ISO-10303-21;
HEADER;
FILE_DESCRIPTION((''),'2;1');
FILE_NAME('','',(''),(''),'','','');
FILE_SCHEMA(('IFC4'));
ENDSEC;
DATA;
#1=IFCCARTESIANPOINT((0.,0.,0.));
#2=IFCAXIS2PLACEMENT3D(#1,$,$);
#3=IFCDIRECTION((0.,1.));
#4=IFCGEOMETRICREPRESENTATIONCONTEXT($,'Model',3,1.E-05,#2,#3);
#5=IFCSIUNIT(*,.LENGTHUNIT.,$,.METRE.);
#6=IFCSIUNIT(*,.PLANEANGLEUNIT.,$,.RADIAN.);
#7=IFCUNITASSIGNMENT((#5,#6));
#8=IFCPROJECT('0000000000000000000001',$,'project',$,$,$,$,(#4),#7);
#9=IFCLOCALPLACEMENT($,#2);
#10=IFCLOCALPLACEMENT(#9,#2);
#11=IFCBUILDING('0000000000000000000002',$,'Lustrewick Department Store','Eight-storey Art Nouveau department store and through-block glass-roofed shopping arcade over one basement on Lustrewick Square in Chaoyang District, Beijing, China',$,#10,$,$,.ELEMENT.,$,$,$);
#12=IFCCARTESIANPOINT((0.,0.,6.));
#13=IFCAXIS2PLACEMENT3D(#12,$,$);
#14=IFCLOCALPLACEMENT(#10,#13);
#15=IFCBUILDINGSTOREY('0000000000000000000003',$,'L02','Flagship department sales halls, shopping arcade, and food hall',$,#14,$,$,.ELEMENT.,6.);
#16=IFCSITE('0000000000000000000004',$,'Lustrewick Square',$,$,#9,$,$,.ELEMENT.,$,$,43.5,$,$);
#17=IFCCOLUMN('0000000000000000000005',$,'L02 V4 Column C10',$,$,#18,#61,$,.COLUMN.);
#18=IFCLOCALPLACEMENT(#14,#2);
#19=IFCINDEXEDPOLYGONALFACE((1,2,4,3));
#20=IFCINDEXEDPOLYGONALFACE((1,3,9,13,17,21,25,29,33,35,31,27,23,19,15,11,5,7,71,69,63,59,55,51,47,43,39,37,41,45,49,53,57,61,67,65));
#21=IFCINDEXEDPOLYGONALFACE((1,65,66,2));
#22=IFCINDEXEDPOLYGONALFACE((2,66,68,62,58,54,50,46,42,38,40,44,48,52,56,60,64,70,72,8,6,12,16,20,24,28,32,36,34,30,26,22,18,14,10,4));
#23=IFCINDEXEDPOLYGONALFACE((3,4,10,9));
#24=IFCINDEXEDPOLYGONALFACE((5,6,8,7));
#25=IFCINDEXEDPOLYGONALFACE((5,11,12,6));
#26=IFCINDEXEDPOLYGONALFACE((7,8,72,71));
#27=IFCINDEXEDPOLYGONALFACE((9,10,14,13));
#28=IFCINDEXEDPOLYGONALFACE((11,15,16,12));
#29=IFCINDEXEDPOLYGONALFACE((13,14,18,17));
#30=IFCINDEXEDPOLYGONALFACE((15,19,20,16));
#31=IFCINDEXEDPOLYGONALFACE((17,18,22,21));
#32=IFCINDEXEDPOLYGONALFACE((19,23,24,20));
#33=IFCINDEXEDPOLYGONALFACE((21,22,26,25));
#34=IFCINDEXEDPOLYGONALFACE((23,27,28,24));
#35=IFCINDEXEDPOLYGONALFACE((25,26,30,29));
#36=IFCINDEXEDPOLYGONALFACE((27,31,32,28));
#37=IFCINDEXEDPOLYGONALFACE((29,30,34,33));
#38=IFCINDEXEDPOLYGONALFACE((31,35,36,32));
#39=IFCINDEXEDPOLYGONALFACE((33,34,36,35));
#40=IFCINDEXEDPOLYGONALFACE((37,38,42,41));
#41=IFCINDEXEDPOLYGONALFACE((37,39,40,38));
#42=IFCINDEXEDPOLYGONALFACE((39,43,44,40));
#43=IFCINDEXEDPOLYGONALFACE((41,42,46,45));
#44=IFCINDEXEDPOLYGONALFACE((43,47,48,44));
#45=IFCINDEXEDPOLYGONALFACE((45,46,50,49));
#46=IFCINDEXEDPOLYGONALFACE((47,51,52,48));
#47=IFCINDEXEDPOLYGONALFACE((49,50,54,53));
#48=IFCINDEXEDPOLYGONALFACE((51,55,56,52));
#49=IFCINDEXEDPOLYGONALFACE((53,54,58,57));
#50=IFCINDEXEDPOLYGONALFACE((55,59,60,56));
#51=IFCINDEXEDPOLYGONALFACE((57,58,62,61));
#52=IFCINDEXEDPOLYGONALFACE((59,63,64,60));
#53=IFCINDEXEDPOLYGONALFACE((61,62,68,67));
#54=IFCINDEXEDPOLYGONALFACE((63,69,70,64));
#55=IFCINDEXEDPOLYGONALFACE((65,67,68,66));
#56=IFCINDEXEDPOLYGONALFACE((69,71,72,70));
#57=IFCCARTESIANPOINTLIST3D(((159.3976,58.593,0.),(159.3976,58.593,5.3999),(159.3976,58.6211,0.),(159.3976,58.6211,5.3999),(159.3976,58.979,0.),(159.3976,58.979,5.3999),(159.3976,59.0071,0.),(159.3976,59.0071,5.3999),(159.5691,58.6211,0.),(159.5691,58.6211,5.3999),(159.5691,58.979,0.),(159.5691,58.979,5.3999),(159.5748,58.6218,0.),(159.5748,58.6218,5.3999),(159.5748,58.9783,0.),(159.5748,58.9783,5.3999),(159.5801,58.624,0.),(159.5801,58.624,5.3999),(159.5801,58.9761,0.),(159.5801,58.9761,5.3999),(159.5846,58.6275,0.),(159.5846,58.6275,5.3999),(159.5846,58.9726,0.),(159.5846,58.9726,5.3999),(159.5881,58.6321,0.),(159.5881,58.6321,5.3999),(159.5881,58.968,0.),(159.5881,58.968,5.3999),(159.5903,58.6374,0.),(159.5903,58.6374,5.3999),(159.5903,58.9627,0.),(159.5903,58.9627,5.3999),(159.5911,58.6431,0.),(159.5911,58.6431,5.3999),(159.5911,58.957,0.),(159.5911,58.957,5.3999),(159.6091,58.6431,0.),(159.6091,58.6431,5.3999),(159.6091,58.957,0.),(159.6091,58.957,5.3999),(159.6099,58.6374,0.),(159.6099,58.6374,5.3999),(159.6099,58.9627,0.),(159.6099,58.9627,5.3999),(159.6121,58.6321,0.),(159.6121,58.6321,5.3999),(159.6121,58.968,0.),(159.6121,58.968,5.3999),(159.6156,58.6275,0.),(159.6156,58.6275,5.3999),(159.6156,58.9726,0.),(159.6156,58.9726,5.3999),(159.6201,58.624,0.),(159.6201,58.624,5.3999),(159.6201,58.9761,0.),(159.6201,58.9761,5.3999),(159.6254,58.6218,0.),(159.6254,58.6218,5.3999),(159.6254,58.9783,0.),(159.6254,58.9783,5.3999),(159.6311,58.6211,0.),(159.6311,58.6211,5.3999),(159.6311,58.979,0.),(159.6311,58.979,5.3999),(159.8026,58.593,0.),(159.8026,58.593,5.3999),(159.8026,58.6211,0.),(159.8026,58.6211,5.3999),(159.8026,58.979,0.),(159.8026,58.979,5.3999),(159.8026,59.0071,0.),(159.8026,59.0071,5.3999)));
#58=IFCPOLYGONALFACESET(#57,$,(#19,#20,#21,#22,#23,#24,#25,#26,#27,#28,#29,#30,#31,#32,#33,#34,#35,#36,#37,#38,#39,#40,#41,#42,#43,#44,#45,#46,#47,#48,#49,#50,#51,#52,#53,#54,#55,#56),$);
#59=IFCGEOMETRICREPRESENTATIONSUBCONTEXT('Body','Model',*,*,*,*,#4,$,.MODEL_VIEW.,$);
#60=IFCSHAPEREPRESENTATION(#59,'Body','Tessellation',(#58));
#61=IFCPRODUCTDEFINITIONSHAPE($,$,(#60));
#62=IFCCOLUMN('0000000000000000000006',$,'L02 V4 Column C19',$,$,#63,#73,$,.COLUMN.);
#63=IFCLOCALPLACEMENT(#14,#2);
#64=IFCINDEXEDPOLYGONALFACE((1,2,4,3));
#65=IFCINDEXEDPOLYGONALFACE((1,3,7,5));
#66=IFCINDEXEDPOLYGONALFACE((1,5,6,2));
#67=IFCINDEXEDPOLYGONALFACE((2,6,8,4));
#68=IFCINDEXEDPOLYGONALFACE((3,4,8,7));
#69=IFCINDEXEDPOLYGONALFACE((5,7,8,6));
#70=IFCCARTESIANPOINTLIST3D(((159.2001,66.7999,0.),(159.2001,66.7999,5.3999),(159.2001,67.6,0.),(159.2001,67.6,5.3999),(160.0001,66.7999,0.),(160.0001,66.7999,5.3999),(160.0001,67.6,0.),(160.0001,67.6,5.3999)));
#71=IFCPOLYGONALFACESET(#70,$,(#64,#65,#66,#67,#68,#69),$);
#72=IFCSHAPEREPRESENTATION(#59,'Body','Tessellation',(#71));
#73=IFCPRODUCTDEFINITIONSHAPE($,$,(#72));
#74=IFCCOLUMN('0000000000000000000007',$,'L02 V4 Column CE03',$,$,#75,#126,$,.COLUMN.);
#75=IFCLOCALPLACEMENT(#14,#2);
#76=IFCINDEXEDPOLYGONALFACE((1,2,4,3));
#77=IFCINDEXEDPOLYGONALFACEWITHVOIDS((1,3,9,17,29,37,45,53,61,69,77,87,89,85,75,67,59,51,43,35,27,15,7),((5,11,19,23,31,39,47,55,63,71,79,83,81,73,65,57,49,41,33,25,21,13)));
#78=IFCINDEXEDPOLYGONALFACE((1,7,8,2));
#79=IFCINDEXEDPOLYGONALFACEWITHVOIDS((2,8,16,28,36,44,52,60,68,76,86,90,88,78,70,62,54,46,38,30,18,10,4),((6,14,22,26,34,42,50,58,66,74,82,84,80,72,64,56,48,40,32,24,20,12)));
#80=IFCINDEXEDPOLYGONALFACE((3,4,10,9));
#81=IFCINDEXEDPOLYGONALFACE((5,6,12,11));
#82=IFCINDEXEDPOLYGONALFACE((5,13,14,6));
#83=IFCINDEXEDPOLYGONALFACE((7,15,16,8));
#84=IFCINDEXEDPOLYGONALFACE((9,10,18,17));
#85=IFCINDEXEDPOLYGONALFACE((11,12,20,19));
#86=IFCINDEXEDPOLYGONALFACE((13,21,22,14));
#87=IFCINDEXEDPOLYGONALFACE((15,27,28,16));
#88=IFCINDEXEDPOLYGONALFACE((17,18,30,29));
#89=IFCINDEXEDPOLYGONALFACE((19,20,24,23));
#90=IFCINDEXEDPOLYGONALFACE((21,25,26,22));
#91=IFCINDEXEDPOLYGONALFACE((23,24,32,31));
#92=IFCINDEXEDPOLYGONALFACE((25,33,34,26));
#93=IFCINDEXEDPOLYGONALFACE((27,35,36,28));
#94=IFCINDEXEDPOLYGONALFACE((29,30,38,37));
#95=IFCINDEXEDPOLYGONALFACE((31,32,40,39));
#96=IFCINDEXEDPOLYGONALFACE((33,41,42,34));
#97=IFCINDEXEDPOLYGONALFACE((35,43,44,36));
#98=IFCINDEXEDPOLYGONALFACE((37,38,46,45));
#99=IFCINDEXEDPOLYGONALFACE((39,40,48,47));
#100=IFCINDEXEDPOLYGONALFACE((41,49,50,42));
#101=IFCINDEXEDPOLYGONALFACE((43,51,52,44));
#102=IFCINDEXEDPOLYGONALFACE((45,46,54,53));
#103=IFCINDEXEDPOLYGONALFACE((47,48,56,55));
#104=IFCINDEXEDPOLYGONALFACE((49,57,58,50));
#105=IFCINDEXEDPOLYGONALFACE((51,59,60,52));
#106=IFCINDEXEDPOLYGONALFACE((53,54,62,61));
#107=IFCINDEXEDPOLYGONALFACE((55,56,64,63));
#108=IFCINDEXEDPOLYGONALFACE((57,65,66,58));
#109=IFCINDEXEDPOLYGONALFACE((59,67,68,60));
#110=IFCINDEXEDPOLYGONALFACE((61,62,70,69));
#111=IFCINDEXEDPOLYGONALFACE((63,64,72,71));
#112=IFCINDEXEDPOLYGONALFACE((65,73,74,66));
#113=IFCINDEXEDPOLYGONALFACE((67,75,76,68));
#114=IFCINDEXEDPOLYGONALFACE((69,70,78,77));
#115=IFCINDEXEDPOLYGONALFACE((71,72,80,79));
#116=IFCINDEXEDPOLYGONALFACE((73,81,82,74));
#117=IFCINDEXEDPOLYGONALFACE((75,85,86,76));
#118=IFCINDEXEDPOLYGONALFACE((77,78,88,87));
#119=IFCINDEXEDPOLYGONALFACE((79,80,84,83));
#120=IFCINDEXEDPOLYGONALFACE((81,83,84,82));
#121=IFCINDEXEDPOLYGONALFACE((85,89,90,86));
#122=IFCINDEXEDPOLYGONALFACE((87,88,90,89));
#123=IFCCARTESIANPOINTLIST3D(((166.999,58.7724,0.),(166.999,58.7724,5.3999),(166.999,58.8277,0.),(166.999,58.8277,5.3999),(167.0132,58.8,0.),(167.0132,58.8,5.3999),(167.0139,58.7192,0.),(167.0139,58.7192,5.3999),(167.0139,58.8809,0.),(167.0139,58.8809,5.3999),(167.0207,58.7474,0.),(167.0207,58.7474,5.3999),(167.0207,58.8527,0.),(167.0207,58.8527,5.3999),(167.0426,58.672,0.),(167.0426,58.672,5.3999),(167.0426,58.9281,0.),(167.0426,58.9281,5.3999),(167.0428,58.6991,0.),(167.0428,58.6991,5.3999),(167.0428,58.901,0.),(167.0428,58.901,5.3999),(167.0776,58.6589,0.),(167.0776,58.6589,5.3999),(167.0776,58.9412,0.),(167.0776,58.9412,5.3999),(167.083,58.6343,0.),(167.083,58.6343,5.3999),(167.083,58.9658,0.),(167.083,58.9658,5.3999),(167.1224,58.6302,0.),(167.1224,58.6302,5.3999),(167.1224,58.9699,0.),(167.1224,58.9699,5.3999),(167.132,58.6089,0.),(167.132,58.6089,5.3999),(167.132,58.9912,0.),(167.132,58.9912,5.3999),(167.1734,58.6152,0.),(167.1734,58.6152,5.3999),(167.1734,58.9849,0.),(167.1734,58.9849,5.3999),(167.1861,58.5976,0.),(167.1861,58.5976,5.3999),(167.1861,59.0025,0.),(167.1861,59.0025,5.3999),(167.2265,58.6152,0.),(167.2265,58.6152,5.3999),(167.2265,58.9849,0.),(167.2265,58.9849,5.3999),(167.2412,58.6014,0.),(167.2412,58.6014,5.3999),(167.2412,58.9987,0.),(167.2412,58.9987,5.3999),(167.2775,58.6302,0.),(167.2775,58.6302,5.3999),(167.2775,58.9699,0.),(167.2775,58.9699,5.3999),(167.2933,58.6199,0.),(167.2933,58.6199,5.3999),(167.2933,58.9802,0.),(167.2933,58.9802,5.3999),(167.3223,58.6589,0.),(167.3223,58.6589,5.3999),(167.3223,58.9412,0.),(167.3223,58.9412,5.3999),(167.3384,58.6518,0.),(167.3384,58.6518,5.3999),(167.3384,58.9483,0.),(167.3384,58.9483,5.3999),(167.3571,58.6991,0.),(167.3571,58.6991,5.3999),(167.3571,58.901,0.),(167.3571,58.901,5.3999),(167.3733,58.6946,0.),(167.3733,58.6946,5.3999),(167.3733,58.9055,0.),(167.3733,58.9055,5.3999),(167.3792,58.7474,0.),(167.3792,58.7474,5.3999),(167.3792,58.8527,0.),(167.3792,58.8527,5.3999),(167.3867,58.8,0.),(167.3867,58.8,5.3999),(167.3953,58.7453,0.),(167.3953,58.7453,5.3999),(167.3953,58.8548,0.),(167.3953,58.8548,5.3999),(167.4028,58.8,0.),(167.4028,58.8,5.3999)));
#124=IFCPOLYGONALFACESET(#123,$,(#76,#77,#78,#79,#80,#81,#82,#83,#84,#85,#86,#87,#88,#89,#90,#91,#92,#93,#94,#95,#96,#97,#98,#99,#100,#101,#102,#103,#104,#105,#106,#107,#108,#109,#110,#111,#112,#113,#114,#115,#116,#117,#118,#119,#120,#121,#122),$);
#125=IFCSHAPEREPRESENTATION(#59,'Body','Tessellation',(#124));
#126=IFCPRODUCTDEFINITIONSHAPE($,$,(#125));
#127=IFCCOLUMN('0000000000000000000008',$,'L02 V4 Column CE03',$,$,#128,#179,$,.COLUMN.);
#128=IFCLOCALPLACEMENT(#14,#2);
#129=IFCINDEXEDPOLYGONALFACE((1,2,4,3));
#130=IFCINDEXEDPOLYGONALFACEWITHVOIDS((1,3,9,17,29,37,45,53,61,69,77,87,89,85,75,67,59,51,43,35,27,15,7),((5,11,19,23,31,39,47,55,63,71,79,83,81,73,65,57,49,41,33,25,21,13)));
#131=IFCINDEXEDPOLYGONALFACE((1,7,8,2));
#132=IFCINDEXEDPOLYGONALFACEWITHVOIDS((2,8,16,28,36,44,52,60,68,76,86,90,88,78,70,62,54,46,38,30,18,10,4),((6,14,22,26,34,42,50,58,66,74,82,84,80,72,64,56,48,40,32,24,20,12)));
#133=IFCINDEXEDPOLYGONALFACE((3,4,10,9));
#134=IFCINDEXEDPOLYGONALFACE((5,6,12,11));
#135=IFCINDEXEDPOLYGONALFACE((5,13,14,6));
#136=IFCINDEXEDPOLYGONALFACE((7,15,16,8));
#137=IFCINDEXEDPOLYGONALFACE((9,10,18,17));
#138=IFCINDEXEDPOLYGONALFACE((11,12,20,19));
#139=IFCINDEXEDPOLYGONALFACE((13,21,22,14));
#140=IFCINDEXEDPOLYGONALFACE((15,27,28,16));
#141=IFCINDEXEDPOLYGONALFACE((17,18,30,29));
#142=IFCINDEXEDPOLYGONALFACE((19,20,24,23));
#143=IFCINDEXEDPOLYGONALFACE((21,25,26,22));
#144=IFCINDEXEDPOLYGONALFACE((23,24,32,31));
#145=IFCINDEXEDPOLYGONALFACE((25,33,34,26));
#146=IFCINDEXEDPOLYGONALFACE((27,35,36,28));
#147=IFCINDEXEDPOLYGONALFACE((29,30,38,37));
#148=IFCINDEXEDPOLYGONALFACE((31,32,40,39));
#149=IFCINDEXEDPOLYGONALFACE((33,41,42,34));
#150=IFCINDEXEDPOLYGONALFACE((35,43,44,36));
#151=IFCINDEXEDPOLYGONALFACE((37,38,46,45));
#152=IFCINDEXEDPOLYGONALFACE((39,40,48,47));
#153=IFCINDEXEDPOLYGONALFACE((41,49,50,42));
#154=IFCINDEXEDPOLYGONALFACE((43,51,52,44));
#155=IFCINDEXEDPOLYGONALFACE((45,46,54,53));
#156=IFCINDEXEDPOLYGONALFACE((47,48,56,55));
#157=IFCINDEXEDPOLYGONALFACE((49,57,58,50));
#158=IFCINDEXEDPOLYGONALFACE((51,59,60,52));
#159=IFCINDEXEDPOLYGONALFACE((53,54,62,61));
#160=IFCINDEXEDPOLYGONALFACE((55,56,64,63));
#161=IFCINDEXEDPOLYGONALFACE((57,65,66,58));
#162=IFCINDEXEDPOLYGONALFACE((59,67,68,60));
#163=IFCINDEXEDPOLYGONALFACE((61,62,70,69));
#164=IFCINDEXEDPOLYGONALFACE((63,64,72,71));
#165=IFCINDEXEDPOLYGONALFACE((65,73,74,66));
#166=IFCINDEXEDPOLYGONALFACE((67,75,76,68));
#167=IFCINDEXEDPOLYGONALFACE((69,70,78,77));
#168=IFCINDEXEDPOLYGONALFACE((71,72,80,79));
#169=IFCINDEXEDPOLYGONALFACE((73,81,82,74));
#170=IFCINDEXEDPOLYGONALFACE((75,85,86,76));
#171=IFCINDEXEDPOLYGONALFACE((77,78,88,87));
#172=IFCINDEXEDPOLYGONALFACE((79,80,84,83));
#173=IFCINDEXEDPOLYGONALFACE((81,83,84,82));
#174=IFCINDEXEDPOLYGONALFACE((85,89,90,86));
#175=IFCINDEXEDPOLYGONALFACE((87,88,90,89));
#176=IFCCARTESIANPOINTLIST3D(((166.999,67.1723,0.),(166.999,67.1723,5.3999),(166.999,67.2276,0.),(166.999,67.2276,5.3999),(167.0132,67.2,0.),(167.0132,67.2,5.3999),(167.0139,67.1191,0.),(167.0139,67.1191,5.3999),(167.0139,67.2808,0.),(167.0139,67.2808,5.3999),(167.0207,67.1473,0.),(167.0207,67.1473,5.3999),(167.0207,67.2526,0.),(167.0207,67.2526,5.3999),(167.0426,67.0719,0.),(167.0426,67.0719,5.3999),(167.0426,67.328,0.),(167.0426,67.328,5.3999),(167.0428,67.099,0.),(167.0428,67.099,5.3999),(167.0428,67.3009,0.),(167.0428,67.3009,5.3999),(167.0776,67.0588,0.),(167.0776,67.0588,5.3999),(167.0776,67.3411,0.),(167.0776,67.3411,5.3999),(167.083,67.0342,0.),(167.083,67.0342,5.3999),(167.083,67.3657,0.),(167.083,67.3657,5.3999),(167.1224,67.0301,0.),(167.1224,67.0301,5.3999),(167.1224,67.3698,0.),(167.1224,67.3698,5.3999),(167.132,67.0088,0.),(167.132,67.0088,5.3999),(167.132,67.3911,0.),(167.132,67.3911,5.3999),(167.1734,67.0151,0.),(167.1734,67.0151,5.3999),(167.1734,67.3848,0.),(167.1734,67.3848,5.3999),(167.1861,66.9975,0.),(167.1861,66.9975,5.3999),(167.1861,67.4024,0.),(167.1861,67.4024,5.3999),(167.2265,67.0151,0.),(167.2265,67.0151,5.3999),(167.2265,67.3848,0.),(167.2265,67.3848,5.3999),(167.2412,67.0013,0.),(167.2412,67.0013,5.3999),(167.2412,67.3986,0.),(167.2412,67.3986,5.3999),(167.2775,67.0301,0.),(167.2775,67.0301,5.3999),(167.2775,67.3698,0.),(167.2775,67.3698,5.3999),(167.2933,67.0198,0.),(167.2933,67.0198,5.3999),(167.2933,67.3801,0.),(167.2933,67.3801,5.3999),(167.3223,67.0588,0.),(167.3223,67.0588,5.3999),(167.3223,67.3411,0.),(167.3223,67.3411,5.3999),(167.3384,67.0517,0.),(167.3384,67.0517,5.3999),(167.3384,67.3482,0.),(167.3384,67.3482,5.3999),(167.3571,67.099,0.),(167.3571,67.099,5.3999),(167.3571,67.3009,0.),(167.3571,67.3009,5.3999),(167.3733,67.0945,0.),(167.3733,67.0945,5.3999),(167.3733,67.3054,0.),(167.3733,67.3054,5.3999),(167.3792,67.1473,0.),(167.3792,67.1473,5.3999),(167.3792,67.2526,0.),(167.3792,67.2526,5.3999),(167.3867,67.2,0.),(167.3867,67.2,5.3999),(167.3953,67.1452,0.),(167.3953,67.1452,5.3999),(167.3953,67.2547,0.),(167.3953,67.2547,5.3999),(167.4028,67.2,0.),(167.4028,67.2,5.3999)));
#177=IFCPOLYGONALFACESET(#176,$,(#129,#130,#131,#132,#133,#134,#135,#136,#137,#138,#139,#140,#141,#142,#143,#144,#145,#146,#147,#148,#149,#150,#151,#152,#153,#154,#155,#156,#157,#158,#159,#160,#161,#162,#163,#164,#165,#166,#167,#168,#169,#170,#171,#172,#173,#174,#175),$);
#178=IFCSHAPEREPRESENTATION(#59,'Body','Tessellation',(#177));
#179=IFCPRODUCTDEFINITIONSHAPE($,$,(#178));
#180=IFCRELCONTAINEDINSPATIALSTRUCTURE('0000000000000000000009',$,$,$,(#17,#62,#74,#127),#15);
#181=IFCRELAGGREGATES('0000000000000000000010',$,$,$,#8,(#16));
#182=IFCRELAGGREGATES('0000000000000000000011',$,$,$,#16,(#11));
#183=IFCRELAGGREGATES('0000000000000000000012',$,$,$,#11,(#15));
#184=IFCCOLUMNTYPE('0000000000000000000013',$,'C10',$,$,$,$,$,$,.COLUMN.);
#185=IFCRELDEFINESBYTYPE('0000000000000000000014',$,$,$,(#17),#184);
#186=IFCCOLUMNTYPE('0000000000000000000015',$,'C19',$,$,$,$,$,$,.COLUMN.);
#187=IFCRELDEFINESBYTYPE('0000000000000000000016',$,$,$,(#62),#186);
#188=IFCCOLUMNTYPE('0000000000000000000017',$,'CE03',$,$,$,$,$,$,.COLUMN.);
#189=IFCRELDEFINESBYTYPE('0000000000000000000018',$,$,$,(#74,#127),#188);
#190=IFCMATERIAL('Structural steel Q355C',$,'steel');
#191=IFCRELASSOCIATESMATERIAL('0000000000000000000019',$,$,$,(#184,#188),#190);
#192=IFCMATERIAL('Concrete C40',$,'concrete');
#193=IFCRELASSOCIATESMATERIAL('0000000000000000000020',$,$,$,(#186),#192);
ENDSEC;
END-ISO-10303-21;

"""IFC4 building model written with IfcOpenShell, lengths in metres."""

from ifc_helpers import new_model, si_unit, direction, frame, origin, origin_2d, place, context, subcontext, project, spatial, rectangle, hollow_circle, i_section, extrude, material, material_profile, profile_set, type_object, element, save


model = new_model("IFC4")

# Units and contexts
model_context = context("Model", 3, precision=1e-05, world=origin(), true_north=direction((0.0, 1.0)))
body_context = subcontext(model_context, "Body", "Model", "MODEL_VIEW")
ifc_project = project(units=[si_unit("LENGTHUNIT", "METRE"), si_unit("PLANEANGLEUNIT", "RADIAN")], contexts=[model_context])

# Site, building, storey
site_placement = place(None, origin())
site = spatial("IfcSite", under=ifc_project, at=site_placement, Name="Lustrewick Square", CompositionType="ELEMENT", RefElevation=43.5)
building_placement = place(site_placement, origin())
building = spatial("IfcBuilding", under=site, at=building_placement, Name="Lustrewick Department Store", Description="Eight-storey Art Nouveau department store and through-block glass-roofed shopping arcade over one basement on Lustrewick Square in Chaoyang District, Beijing, China", CompositionType="ELEMENT")
storey_placement = place(building_placement, frame((0.0, 0.0, 6.0)))
storey = spatial("IfcBuildingStorey", under=building, at=storey_placement, Name="L02", Description="Flagship department sales halls, shopping arcade, and food hall", CompositionType="ELEMENT", Elevation=6.0)

# Columns
ifc_material_1 = material(Name="Structural steel Q355C", Category="steel")
ifc_material_profile_1 = material_profile(ifc_material_1, i_section(OverallWidth=0.405, OverallDepth=0.4141, WebThickness=0.0181, FlangeThickness=0.0281, FilletRadius=0.022, at=origin_2d()), Name="HW 414x405x18x28")
ifc_profile_set_1 = profile_set([ifc_material_profile_1], Name="Structural steel Q355C")
column_type_1 = type_object("IfcColumnType", Name="C10", PredefinedType="COLUMN", material=ifc_profile_set_1)
column_1_placement = place(storey_placement, frame((159.6001, 58.8, 0.0), z_axis=(0.0, 0.0, 1.0), x_axis=(1.0, 0.0, 0.0)))
element("IfcColumn", 1, at=column_1_placement, inside=storey, type_object=column_type_1, Name="L02 V4 Column C10", PredefinedType="COLUMN", context=body_context, shape_type="SweptSolid", body=[
    extrude(i_section(OverallWidth=0.405, OverallDepth=0.4141, WebThickness=0.0181, FlangeThickness=0.0281, FilletRadius=0.022, at=origin_2d()), origin(), (0.0, 0.0, 1.0), 5.3999),
])
ifc_material_2 = material(Name="Concrete C40", Category="concrete")
ifc_material_profile_2 = material_profile(ifc_material_2, rectangle(XDim=0.8, YDim=0.8, at=origin_2d()), Name="RC 800x800")
ifc_profile_set_2 = profile_set([ifc_material_profile_2], Name="Concrete C40")
column_type_2 = type_object("IfcColumnType", Name="C19", PredefinedType="COLUMN", material=ifc_profile_set_2)
column_2_placement = place(storey_placement, frame((159.6001, 67.2, 0.0), z_axis=(0.0, 0.0, 1.0), x_axis=(1.0, 0.0, 0.0)))
element("IfcColumn", 2, at=column_2_placement, inside=storey, type_object=column_type_2, Name="L02 V4 Column C19", PredefinedType="COLUMN", context=body_context, shape_type="SweptSolid", body=[
    extrude(rectangle(XDim=0.8, YDim=0.8, at=origin_2d()), origin(), (0.0, 0.0, 1.0), 5.3999),
])
ifc_material_profile_3 = material_profile(ifc_material_1, hollow_circle(Radius=0.2029, WallThickness=0.0161, at=origin_2d()), Name="CHS 406x16")
ifc_profile_set_3 = profile_set([ifc_material_profile_3], Name="Structural steel Q355C")
column_type_3 = type_object("IfcColumnType", Name="CE03", PredefinedType="COLUMN", material=ifc_profile_set_3)
for number, where, z_axis, x_axis, name in (
    (3, (167.2, 58.8, 0.0), (0.0, 0.0, 1.0), (1.0, 0.0, 0.0), "L02 V4 Column CE03"),
    (4, (167.2, 67.2, 0.0), (0.0, 0.0, 1.0), (1.0, 0.0, 0.0), "L02 V4 Column CE03"),
):
    element("IfcColumn", number, at=place(storey_placement, frame(where, z_axis=z_axis, x_axis=x_axis)), inside=storey, type_object=column_type_3, Name=name, PredefinedType="COLUMN", context=body_context, shape_type="SweptSolid", body=[
        extrude(hollow_circle(Radius=0.2029, WallThickness=0.0161, at=origin_2d()), origin(), (0.0, 0.0, 1.0), 5.3999),
    ])

save(model, "model.ifc")
